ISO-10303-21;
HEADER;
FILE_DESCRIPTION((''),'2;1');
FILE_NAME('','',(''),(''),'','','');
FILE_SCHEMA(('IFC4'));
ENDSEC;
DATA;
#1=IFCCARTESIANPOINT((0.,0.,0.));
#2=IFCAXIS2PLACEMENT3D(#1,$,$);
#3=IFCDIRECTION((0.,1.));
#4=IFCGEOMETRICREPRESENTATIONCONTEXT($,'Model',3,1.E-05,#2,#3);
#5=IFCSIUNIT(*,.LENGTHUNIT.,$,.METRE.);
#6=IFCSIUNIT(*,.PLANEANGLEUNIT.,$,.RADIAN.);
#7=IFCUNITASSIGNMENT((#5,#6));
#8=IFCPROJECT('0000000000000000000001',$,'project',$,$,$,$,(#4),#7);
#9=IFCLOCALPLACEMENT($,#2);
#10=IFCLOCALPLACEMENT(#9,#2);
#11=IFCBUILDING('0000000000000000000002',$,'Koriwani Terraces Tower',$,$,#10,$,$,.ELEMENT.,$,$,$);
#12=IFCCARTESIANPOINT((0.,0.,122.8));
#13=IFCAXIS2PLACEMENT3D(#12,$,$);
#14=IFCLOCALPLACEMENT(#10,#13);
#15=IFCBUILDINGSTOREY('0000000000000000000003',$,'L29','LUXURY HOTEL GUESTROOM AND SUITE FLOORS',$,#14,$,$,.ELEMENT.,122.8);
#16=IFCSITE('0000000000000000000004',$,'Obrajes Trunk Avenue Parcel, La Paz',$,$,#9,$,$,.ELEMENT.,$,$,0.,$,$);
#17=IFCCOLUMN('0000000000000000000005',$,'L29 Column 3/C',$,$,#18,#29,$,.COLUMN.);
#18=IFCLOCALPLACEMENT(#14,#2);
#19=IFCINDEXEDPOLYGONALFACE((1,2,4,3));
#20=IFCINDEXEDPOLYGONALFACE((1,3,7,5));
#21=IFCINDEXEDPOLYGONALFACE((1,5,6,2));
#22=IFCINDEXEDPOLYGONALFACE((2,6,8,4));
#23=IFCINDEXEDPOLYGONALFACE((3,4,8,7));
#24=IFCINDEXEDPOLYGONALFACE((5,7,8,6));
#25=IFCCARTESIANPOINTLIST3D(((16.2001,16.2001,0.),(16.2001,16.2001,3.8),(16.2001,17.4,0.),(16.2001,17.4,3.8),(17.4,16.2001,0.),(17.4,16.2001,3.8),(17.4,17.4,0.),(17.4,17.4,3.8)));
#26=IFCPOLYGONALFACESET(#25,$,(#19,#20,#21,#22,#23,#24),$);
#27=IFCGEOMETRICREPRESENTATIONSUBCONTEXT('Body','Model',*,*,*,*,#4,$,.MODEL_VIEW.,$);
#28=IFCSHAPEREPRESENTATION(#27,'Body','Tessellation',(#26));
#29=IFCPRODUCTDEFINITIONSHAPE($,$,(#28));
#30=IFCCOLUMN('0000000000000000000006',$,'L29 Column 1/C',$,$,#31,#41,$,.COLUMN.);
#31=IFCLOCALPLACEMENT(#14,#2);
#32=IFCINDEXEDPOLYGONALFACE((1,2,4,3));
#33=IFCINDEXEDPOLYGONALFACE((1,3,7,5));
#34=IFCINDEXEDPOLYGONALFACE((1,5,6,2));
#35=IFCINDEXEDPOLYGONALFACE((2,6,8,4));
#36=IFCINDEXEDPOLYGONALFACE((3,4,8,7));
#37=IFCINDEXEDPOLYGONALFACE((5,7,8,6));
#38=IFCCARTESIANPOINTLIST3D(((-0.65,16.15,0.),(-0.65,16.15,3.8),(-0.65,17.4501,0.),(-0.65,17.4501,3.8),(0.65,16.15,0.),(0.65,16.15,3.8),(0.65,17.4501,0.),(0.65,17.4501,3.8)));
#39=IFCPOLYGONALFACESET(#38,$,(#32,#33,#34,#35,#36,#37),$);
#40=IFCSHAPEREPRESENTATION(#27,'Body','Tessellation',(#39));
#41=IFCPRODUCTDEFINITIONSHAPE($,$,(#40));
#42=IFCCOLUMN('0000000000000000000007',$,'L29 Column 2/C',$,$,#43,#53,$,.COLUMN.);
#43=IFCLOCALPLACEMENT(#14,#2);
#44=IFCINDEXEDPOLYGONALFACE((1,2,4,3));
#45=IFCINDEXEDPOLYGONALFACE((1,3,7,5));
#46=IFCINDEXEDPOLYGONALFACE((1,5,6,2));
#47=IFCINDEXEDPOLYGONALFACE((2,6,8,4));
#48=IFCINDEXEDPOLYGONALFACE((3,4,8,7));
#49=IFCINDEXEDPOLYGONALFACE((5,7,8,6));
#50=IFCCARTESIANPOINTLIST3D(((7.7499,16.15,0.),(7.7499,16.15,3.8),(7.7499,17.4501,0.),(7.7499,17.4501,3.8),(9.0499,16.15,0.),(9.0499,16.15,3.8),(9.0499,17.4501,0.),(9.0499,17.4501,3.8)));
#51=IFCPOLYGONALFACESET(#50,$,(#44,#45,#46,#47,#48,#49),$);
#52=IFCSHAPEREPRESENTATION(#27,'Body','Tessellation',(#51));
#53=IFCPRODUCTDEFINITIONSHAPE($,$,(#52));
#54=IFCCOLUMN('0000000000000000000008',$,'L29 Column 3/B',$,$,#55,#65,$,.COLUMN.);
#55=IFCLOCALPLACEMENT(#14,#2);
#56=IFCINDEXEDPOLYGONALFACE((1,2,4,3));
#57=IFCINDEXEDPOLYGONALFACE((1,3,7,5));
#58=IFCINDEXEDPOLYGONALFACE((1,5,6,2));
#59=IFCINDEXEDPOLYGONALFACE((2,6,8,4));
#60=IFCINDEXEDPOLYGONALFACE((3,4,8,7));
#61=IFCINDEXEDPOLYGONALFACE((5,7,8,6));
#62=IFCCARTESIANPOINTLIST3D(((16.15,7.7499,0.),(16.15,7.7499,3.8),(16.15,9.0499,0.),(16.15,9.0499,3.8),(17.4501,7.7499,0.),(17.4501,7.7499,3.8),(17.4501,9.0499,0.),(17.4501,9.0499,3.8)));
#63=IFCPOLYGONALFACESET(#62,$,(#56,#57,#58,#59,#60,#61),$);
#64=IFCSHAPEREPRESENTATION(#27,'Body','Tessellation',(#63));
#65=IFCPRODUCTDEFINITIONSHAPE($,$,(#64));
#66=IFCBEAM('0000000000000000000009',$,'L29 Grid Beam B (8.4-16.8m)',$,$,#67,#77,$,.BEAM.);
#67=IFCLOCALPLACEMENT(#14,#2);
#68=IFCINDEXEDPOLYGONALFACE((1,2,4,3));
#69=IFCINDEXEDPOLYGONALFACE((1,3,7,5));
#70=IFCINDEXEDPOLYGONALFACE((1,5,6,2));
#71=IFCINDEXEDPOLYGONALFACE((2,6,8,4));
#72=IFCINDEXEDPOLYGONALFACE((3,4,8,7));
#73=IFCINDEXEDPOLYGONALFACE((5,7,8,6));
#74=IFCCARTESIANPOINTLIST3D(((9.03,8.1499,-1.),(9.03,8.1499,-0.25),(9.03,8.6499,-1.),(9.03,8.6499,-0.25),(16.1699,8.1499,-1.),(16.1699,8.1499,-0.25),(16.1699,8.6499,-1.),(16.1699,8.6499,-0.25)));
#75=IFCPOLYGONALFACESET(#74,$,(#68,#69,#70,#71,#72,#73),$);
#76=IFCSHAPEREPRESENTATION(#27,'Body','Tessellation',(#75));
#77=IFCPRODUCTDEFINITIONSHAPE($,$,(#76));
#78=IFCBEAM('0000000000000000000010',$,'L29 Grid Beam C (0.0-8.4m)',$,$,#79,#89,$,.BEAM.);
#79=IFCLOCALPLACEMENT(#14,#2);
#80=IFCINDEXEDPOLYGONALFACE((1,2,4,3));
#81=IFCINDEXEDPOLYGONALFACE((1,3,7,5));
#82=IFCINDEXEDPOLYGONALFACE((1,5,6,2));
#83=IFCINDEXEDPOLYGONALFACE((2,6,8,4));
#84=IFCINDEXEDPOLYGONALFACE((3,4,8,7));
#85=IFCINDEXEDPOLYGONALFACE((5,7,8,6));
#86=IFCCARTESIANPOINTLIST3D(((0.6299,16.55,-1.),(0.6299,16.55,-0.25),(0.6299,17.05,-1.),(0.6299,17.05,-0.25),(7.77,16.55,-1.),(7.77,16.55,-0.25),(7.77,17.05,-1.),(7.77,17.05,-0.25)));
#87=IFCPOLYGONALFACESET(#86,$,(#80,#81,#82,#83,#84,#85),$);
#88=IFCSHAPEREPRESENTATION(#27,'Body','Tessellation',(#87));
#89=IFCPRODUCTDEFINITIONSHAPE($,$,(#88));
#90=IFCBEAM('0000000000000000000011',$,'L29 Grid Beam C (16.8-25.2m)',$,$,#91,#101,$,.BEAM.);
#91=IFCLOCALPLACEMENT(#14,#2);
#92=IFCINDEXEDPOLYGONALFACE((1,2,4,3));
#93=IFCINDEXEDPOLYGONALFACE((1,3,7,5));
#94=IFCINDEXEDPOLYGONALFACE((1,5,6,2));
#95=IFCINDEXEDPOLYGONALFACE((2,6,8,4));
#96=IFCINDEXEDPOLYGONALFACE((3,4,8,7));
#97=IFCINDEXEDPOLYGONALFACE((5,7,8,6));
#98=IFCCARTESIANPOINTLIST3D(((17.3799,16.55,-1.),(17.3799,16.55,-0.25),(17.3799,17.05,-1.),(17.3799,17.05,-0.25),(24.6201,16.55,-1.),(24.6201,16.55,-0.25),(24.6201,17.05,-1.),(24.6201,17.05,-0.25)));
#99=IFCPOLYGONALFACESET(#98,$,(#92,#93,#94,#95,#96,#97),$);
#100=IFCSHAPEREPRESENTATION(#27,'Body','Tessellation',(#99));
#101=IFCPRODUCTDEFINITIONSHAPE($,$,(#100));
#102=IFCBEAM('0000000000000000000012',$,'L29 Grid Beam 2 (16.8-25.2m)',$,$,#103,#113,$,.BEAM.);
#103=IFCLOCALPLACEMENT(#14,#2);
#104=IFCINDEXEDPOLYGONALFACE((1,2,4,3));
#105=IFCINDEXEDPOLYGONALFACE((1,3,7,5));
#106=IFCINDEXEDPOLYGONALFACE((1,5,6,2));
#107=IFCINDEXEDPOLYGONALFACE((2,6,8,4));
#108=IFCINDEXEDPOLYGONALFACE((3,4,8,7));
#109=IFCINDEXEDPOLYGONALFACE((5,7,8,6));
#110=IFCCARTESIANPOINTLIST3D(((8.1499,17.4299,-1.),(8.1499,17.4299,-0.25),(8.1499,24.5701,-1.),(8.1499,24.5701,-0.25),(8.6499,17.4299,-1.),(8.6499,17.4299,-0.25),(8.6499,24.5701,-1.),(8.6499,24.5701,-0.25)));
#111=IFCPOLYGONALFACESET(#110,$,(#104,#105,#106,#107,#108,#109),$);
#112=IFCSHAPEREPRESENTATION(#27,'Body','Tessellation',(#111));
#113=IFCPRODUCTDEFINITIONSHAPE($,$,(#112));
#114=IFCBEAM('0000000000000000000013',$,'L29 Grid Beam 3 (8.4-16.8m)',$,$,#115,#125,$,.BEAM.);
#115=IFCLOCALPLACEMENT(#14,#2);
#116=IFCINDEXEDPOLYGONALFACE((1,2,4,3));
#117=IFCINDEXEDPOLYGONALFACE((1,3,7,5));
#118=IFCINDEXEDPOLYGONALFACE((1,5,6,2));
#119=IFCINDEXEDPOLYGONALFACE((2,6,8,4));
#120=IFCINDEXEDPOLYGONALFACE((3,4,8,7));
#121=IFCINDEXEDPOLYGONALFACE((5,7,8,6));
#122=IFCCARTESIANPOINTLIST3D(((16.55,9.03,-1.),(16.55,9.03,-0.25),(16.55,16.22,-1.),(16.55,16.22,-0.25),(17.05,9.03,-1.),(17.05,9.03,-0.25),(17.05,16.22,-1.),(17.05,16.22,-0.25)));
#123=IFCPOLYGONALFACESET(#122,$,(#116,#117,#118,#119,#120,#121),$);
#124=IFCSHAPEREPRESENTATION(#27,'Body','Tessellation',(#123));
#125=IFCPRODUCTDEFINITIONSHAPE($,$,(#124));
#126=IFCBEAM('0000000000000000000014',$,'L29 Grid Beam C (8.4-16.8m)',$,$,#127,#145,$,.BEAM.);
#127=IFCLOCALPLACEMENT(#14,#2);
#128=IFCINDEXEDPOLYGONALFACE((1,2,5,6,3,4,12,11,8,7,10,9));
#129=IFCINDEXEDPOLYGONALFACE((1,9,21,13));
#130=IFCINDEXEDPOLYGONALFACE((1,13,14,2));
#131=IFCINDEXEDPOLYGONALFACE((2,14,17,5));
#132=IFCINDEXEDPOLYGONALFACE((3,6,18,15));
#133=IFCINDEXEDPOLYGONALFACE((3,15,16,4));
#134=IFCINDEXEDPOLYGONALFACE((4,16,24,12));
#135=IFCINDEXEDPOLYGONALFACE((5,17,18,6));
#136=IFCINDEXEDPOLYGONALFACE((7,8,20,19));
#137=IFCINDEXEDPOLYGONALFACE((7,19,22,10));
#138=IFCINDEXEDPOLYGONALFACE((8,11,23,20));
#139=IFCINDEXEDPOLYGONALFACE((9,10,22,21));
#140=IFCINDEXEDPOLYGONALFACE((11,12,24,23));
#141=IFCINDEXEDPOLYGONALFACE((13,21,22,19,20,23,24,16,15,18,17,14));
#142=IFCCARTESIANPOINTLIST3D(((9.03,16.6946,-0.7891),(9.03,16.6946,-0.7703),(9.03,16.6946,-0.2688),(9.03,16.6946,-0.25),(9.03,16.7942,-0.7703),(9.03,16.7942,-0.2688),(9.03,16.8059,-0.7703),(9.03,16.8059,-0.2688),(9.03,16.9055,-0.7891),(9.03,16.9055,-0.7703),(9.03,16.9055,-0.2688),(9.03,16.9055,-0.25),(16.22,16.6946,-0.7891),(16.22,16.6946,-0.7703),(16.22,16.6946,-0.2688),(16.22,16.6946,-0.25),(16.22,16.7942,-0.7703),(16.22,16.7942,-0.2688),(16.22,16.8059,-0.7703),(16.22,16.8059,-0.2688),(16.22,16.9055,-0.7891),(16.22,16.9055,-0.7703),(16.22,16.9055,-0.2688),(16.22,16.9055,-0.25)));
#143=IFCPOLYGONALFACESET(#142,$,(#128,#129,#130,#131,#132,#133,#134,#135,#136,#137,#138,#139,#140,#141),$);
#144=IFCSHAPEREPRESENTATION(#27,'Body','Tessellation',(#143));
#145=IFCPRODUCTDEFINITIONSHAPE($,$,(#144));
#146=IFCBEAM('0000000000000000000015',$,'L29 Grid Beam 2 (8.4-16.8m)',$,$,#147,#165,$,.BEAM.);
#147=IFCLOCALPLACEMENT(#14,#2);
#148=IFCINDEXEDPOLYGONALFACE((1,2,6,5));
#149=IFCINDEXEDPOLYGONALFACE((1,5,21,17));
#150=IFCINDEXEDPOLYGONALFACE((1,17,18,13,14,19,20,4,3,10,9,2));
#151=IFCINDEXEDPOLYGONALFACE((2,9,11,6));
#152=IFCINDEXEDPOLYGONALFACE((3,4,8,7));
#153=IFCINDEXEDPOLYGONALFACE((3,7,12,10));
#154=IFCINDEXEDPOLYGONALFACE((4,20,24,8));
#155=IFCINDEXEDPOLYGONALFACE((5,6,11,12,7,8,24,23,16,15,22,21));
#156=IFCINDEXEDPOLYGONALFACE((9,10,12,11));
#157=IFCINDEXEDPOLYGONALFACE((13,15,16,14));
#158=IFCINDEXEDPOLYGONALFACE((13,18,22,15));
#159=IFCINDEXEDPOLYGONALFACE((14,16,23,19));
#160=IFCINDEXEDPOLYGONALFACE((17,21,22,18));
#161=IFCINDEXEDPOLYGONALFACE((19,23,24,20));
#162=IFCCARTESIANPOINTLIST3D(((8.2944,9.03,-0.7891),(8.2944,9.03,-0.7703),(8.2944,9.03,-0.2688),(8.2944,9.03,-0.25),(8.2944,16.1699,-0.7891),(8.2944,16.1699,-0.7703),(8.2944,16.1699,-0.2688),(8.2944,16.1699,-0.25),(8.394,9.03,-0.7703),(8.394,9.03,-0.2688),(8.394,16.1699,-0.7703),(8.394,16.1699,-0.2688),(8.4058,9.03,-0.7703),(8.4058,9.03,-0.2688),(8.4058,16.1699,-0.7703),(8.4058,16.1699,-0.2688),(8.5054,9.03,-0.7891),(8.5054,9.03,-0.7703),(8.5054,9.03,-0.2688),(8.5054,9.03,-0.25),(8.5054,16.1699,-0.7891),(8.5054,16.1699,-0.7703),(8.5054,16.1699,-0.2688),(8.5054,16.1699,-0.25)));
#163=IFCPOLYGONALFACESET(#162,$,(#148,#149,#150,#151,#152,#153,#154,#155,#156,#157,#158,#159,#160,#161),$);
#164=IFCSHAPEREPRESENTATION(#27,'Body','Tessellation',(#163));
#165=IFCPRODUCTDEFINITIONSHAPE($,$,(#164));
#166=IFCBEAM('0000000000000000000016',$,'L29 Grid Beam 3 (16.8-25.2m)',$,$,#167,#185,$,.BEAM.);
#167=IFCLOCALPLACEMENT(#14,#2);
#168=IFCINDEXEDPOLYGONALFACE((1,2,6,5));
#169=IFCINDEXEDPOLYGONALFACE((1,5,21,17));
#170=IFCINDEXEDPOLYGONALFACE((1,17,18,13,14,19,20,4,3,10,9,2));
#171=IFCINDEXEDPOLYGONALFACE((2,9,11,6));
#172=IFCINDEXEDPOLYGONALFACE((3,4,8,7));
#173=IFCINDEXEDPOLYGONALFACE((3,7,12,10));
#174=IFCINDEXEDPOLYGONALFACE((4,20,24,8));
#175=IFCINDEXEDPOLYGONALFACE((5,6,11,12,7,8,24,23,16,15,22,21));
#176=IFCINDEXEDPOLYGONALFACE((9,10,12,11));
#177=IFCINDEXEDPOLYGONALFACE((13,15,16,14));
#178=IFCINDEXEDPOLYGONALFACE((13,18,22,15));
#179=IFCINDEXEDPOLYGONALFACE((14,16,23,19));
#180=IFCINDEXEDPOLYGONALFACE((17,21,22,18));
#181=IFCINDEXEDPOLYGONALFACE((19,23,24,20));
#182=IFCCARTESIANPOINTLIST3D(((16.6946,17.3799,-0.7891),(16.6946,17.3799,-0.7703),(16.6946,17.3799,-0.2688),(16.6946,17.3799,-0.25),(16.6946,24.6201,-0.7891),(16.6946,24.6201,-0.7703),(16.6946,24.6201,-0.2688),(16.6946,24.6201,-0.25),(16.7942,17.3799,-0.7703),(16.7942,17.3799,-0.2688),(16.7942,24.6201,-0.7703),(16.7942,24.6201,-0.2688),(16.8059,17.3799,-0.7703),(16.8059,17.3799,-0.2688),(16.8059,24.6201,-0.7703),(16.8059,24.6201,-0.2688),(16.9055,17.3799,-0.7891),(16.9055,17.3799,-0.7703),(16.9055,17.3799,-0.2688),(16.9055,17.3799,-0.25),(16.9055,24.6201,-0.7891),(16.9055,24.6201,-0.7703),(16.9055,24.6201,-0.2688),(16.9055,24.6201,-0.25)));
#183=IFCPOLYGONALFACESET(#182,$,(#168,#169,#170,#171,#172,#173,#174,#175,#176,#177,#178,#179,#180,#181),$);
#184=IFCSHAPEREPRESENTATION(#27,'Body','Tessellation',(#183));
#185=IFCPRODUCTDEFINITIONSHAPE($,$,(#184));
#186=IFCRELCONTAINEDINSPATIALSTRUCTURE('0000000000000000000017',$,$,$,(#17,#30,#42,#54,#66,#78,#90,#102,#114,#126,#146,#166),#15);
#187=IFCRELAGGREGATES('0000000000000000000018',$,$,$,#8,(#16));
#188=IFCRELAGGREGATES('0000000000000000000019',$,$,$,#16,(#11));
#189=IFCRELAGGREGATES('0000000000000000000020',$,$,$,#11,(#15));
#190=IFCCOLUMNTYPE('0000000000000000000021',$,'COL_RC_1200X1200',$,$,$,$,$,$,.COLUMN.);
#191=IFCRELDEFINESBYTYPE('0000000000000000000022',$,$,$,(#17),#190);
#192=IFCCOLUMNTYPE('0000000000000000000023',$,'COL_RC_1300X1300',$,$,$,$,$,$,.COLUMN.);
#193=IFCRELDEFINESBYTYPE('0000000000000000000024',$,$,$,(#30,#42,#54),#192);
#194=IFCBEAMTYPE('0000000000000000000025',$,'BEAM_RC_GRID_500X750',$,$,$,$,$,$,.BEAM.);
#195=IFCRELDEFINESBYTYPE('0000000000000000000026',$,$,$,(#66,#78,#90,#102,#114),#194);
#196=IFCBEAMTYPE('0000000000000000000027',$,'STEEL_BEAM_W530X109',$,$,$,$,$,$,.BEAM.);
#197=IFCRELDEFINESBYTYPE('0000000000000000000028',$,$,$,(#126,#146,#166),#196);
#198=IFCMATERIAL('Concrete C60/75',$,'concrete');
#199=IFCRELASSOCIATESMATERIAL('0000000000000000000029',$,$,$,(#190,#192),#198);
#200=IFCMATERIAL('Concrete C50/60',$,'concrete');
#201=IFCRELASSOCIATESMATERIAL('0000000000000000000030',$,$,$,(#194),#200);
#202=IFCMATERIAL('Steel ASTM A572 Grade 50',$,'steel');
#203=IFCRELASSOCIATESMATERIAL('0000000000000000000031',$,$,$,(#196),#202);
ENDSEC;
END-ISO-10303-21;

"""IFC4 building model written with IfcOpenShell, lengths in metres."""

from ifc_helpers import new_model, si_unit, direction, frame, origin, origin_2d, place, context, subcontext, project, spatial, rectangle, i_section, extrude, material, material_profile, profile_set, type_object, element, save


model = new_model("IFC4")

# Units and contexts
model_context = context("Model", 3, precision=1e-05, world=origin(), true_north=direction((0.0, 1.0)))
body_context = subcontext(model_context, "Body", "Model", "MODEL_VIEW")
ifc_project = project(units=[si_unit("LENGTHUNIT", "METRE"), si_unit("PLANEANGLEUNIT", "RADIAN")], contexts=[model_context])

# Site, building, storey
site_placement = place(None, origin())
site = spatial("IfcSite", under=ifc_project, at=site_placement, Name="Obrajes Trunk Avenue Parcel, La Paz", CompositionType="ELEMENT", RefElevation=0.0)
building_placement = place(site_placement, origin())
building = spatial("IfcBuilding", under=site, at=building_placement, Name="Koriwani Terraces Tower", CompositionType="ELEMENT")
storey_placement = place(building_placement, frame((0.0, 0.0, 122.8)))
storey = spatial("IfcBuildingStorey", under=building, at=storey_placement, Name="L29", Description="LUXURY HOTEL GUESTROOM AND SUITE FLOORS", CompositionType="ELEMENT", Elevation=122.8)

# Columns
ifc_material_1 = material(Name="Concrete C60/75", Category="concrete")
ifc_material_profile_1 = material_profile(ifc_material_1, rectangle(XDim=1.2, YDim=1.2, at=origin_2d()), Name="Concrete C60/75", Category="LoadBearing")
ifc_profile_set_1 = profile_set([ifc_material_profile_1], Name="Concrete C60/75")
column_type_1 = type_object("IfcColumnType", Name="COL_RC_1200X1200", PredefinedType="COLUMN", material=ifc_profile_set_1)
column_placement = place(storey_placement, frame((16.8, 16.8, 0.0), z_axis=(0.0, 0.0, 1.0), x_axis=(1.0, 0.0, 0.0)))
element("IfcColumn", 1, at=column_placement, inside=storey, type_object=column_type_1, Name="L29 Column 3/C", PredefinedType="COLUMN", context=body_context, shape_type="SweptSolid", body=[
    extrude(rectangle(XDim=1.2, YDim=1.2, at=origin_2d()), origin(), (0.0, 0.0, 1.0), 3.8),
])
ifc_material_profile_2 = material_profile(ifc_material_1, rectangle(XDim=1.3, YDim=1.3, at=origin_2d()), Name="Concrete C60/75", Category="LoadBearing")
ifc_profile_set_2 = profile_set([ifc_material_profile_2], Name="Concrete C60/75")
column_type_2 = type_object("IfcColumnType", Name="COL_RC_1300X1300", PredefinedType="COLUMN", material=ifc_profile_set_2)
for number, where, z_axis, x_axis, name in (
    (2, (0.0, 16.8, 0.0), (0.0, 0.0, 1.0), (1.0, 0.0, 0.0), "L29 Column 1/C"),
    (3, (8.3999, 16.8, 0.0), (0.0, 0.0, 1.0), (1.0, 0.0, 0.0), "L29 Column 2/C"),
    (4, (16.8, 8.3999, 0.0), (0.0, 0.0, 1.0), (1.0, 0.0, 0.0), "L29 Column 3/B"),
):
    element("IfcColumn", number, at=place(storey_placement, frame(where, z_axis=z_axis, x_axis=x_axis)), inside=storey, type_object=column_type_2, Name=name, PredefinedType="COLUMN", context=body_context, shape_type="SweptSolid", body=[
        extrude(rectangle(XDim=1.3, YDim=1.3, at=origin_2d()), origin(), (0.0, 0.0, 1.0), 3.8),
    ])

# Beams
ifc_material_2 = material(Name="Concrete C50/60", Category="concrete")
ifc_material_profile_3 = material_profile(ifc_material_2, rectangle(XDim=0.5, YDim=0.75, at=origin_2d()), Name="Concrete C50/60", Category="LoadBearing")
ifc_profile_set_3 = profile_set([ifc_material_profile_3], Name="Concrete C50/60")
beam_type_1 = type_object("IfcBeamType", Name="BEAM_RC_GRID_500X750", PredefinedType="BEAM", material=ifc_profile_set_3)
beam_1_placement = place(storey_placement, frame((9.03, 8.3999, -0.625), z_axis=(1.0, 0.0, 0.0), x_axis=(0.0, 1.0, 0.0)))
element("IfcBeam", 5, at=beam_1_placement, inside=storey, type_object=beam_type_1, Name="L29 Grid Beam B (8.4-16.8m)", PredefinedType="BEAM", context=body_context, shape_type="SweptSolid", body=[
    extrude(rectangle(XDim=0.5, YDim=0.75, at=origin_2d()), origin(), (0.0, 0.0, 1.0), 7.1399),
])
beam_2_placement = place(storey_placement, frame((0.6299, 16.8, -0.625), z_axis=(1.0, 0.0, 0.0), x_axis=(0.0, 1.0, 0.0)))
element("IfcBeam", 6, at=beam_2_placement, inside=storey, type_object=beam_type_1, Name="L29 Grid Beam C (0.0-8.4m)", PredefinedType="BEAM", context=body_context, shape_type="SweptSolid", body=[
    extrude(rectangle(XDim=0.5, YDim=0.75, at=origin_2d()), origin(), (0.0, 0.0, 1.0), 7.1401),
])
beam_3_placement = place(storey_placement, frame((17.3799, 16.8, -0.625), z_axis=(1.0, 0.0, 0.0), x_axis=(0.0, 1.0, 0.0)))
element("IfcBeam", 7, at=beam_3_placement, inside=storey, type_object=beam_type_1, Name="L29 Grid Beam C (16.8-25.2m)", PredefinedType="BEAM", context=body_context, shape_type="SweptSolid", body=[
    extrude(rectangle(XDim=0.5, YDim=0.75, at=origin_2d()), origin(), (0.0, 0.0, 1.0), 7.2402),
])
beam_4_placement = place(storey_placement, frame((8.3999, 17.4299, -0.625), z_axis=(0.0, 1.0, 0.0), x_axis=(-1.0, 0.0, 0.0)))
element("IfcBeam", 8, at=beam_4_placement, inside=storey, type_object=beam_type_1, Name="L29 Grid Beam 2 (16.8-25.2m)", PredefinedType="BEAM", context=body_context, shape_type="SweptSolid", body=[
    extrude(rectangle(XDim=0.5, YDim=0.75, at=origin_2d()), origin(), (0.0, 0.0, 1.0), 7.1401),
])
beam_5_placement = place(storey_placement, frame((16.8, 9.03, -0.625), z_axis=(0.0, 1.0, 0.0), x_axis=(-1.0, 0.0, 0.0)))
element("IfcBeam", 9, at=beam_5_placement, inside=storey, type_object=beam_type_1, Name="L29 Grid Beam 3 (8.4-16.8m)", PredefinedType="BEAM", context=body_context, shape_type="SweptSolid", body=[
    extrude(rectangle(XDim=0.5, YDim=0.75, at=origin_2d()), origin(), (0.0, 0.0, 1.0), 7.1899),
])
ifc_material_3 = material(Name="Steel ASTM A572 Grade 50", Category="steel")
ifc_material_profile_4 = material_profile(ifc_material_3, i_section(OverallWidth=0.2109, OverallDepth=0.5391, WebThickness=0.0117, FlangeThickness=0.0188, at=origin_2d()), Name="Steel ASTM A572 Grade 50", Category="LoadBearing")
ifc_profile_set_4 = profile_set([ifc_material_profile_4], Name="Steel ASTM A572 Grade 50")
beam_type_2 = type_object("IfcBeamType", Name="STEEL_BEAM_W530X109", PredefinedType="BEAM", material=ifc_profile_set_4)
beam_6_placement = place(storey_placement, frame((9.03, 16.8, -0.5195), z_axis=(1.0, 0.0, 0.0), x_axis=(0.0, 1.0, 0.0)))
element("IfcBeam", 10, at=beam_6_placement, inside=storey, type_object=beam_type_2, Name="L29 Grid Beam C (8.4-16.8m)", PredefinedType="BEAM", context=body_context, shape_type="SweptSolid", body=[
    extrude(i_section(OverallWidth=0.2109, OverallDepth=0.5391, WebThickness=0.0117, FlangeThickness=0.0188, at=origin_2d()), origin(), (0.0, 0.0, 1.0), 7.1899),
])
beam_7_placement = place(storey_placement, frame((8.3999, 9.03, -0.5195), z_axis=(0.0, 1.0, 0.0), x_axis=(-1.0, 0.0, 0.0)))
element("IfcBeam", 11, at=beam_7_placement, inside=storey, type_object=beam_type_2, Name="L29 Grid Beam 2 (8.4-16.8m)", PredefinedType="BEAM", context=body_context, shape_type="SweptSolid", body=[
    extrude(i_section(OverallWidth=0.2109, OverallDepth=0.5391, WebThickness=0.0117, FlangeThickness=0.0188, at=origin_2d()), origin(), (0.0, 0.0, 1.0), 7.1399),
])
beam_8_placement = place(storey_placement, frame((16.8, 17.3799, -0.5195), z_axis=(0.0, 1.0, 0.0), x_axis=(-1.0, 0.0, 0.0)))
element("IfcBeam", 12, at=beam_8_placement, inside=storey, type_object=beam_type_2, Name="L29 Grid Beam 3 (16.8-25.2m)", PredefinedType="BEAM", context=body_context, shape_type="SweptSolid", body=[
    extrude(i_section(OverallWidth=0.2109, OverallDepth=0.5391, WebThickness=0.0117, FlangeThickness=0.0188, at=origin_2d()), origin(), (0.0, 0.0, 1.0), 7.2402),
])

save(model, "model.ifc")
